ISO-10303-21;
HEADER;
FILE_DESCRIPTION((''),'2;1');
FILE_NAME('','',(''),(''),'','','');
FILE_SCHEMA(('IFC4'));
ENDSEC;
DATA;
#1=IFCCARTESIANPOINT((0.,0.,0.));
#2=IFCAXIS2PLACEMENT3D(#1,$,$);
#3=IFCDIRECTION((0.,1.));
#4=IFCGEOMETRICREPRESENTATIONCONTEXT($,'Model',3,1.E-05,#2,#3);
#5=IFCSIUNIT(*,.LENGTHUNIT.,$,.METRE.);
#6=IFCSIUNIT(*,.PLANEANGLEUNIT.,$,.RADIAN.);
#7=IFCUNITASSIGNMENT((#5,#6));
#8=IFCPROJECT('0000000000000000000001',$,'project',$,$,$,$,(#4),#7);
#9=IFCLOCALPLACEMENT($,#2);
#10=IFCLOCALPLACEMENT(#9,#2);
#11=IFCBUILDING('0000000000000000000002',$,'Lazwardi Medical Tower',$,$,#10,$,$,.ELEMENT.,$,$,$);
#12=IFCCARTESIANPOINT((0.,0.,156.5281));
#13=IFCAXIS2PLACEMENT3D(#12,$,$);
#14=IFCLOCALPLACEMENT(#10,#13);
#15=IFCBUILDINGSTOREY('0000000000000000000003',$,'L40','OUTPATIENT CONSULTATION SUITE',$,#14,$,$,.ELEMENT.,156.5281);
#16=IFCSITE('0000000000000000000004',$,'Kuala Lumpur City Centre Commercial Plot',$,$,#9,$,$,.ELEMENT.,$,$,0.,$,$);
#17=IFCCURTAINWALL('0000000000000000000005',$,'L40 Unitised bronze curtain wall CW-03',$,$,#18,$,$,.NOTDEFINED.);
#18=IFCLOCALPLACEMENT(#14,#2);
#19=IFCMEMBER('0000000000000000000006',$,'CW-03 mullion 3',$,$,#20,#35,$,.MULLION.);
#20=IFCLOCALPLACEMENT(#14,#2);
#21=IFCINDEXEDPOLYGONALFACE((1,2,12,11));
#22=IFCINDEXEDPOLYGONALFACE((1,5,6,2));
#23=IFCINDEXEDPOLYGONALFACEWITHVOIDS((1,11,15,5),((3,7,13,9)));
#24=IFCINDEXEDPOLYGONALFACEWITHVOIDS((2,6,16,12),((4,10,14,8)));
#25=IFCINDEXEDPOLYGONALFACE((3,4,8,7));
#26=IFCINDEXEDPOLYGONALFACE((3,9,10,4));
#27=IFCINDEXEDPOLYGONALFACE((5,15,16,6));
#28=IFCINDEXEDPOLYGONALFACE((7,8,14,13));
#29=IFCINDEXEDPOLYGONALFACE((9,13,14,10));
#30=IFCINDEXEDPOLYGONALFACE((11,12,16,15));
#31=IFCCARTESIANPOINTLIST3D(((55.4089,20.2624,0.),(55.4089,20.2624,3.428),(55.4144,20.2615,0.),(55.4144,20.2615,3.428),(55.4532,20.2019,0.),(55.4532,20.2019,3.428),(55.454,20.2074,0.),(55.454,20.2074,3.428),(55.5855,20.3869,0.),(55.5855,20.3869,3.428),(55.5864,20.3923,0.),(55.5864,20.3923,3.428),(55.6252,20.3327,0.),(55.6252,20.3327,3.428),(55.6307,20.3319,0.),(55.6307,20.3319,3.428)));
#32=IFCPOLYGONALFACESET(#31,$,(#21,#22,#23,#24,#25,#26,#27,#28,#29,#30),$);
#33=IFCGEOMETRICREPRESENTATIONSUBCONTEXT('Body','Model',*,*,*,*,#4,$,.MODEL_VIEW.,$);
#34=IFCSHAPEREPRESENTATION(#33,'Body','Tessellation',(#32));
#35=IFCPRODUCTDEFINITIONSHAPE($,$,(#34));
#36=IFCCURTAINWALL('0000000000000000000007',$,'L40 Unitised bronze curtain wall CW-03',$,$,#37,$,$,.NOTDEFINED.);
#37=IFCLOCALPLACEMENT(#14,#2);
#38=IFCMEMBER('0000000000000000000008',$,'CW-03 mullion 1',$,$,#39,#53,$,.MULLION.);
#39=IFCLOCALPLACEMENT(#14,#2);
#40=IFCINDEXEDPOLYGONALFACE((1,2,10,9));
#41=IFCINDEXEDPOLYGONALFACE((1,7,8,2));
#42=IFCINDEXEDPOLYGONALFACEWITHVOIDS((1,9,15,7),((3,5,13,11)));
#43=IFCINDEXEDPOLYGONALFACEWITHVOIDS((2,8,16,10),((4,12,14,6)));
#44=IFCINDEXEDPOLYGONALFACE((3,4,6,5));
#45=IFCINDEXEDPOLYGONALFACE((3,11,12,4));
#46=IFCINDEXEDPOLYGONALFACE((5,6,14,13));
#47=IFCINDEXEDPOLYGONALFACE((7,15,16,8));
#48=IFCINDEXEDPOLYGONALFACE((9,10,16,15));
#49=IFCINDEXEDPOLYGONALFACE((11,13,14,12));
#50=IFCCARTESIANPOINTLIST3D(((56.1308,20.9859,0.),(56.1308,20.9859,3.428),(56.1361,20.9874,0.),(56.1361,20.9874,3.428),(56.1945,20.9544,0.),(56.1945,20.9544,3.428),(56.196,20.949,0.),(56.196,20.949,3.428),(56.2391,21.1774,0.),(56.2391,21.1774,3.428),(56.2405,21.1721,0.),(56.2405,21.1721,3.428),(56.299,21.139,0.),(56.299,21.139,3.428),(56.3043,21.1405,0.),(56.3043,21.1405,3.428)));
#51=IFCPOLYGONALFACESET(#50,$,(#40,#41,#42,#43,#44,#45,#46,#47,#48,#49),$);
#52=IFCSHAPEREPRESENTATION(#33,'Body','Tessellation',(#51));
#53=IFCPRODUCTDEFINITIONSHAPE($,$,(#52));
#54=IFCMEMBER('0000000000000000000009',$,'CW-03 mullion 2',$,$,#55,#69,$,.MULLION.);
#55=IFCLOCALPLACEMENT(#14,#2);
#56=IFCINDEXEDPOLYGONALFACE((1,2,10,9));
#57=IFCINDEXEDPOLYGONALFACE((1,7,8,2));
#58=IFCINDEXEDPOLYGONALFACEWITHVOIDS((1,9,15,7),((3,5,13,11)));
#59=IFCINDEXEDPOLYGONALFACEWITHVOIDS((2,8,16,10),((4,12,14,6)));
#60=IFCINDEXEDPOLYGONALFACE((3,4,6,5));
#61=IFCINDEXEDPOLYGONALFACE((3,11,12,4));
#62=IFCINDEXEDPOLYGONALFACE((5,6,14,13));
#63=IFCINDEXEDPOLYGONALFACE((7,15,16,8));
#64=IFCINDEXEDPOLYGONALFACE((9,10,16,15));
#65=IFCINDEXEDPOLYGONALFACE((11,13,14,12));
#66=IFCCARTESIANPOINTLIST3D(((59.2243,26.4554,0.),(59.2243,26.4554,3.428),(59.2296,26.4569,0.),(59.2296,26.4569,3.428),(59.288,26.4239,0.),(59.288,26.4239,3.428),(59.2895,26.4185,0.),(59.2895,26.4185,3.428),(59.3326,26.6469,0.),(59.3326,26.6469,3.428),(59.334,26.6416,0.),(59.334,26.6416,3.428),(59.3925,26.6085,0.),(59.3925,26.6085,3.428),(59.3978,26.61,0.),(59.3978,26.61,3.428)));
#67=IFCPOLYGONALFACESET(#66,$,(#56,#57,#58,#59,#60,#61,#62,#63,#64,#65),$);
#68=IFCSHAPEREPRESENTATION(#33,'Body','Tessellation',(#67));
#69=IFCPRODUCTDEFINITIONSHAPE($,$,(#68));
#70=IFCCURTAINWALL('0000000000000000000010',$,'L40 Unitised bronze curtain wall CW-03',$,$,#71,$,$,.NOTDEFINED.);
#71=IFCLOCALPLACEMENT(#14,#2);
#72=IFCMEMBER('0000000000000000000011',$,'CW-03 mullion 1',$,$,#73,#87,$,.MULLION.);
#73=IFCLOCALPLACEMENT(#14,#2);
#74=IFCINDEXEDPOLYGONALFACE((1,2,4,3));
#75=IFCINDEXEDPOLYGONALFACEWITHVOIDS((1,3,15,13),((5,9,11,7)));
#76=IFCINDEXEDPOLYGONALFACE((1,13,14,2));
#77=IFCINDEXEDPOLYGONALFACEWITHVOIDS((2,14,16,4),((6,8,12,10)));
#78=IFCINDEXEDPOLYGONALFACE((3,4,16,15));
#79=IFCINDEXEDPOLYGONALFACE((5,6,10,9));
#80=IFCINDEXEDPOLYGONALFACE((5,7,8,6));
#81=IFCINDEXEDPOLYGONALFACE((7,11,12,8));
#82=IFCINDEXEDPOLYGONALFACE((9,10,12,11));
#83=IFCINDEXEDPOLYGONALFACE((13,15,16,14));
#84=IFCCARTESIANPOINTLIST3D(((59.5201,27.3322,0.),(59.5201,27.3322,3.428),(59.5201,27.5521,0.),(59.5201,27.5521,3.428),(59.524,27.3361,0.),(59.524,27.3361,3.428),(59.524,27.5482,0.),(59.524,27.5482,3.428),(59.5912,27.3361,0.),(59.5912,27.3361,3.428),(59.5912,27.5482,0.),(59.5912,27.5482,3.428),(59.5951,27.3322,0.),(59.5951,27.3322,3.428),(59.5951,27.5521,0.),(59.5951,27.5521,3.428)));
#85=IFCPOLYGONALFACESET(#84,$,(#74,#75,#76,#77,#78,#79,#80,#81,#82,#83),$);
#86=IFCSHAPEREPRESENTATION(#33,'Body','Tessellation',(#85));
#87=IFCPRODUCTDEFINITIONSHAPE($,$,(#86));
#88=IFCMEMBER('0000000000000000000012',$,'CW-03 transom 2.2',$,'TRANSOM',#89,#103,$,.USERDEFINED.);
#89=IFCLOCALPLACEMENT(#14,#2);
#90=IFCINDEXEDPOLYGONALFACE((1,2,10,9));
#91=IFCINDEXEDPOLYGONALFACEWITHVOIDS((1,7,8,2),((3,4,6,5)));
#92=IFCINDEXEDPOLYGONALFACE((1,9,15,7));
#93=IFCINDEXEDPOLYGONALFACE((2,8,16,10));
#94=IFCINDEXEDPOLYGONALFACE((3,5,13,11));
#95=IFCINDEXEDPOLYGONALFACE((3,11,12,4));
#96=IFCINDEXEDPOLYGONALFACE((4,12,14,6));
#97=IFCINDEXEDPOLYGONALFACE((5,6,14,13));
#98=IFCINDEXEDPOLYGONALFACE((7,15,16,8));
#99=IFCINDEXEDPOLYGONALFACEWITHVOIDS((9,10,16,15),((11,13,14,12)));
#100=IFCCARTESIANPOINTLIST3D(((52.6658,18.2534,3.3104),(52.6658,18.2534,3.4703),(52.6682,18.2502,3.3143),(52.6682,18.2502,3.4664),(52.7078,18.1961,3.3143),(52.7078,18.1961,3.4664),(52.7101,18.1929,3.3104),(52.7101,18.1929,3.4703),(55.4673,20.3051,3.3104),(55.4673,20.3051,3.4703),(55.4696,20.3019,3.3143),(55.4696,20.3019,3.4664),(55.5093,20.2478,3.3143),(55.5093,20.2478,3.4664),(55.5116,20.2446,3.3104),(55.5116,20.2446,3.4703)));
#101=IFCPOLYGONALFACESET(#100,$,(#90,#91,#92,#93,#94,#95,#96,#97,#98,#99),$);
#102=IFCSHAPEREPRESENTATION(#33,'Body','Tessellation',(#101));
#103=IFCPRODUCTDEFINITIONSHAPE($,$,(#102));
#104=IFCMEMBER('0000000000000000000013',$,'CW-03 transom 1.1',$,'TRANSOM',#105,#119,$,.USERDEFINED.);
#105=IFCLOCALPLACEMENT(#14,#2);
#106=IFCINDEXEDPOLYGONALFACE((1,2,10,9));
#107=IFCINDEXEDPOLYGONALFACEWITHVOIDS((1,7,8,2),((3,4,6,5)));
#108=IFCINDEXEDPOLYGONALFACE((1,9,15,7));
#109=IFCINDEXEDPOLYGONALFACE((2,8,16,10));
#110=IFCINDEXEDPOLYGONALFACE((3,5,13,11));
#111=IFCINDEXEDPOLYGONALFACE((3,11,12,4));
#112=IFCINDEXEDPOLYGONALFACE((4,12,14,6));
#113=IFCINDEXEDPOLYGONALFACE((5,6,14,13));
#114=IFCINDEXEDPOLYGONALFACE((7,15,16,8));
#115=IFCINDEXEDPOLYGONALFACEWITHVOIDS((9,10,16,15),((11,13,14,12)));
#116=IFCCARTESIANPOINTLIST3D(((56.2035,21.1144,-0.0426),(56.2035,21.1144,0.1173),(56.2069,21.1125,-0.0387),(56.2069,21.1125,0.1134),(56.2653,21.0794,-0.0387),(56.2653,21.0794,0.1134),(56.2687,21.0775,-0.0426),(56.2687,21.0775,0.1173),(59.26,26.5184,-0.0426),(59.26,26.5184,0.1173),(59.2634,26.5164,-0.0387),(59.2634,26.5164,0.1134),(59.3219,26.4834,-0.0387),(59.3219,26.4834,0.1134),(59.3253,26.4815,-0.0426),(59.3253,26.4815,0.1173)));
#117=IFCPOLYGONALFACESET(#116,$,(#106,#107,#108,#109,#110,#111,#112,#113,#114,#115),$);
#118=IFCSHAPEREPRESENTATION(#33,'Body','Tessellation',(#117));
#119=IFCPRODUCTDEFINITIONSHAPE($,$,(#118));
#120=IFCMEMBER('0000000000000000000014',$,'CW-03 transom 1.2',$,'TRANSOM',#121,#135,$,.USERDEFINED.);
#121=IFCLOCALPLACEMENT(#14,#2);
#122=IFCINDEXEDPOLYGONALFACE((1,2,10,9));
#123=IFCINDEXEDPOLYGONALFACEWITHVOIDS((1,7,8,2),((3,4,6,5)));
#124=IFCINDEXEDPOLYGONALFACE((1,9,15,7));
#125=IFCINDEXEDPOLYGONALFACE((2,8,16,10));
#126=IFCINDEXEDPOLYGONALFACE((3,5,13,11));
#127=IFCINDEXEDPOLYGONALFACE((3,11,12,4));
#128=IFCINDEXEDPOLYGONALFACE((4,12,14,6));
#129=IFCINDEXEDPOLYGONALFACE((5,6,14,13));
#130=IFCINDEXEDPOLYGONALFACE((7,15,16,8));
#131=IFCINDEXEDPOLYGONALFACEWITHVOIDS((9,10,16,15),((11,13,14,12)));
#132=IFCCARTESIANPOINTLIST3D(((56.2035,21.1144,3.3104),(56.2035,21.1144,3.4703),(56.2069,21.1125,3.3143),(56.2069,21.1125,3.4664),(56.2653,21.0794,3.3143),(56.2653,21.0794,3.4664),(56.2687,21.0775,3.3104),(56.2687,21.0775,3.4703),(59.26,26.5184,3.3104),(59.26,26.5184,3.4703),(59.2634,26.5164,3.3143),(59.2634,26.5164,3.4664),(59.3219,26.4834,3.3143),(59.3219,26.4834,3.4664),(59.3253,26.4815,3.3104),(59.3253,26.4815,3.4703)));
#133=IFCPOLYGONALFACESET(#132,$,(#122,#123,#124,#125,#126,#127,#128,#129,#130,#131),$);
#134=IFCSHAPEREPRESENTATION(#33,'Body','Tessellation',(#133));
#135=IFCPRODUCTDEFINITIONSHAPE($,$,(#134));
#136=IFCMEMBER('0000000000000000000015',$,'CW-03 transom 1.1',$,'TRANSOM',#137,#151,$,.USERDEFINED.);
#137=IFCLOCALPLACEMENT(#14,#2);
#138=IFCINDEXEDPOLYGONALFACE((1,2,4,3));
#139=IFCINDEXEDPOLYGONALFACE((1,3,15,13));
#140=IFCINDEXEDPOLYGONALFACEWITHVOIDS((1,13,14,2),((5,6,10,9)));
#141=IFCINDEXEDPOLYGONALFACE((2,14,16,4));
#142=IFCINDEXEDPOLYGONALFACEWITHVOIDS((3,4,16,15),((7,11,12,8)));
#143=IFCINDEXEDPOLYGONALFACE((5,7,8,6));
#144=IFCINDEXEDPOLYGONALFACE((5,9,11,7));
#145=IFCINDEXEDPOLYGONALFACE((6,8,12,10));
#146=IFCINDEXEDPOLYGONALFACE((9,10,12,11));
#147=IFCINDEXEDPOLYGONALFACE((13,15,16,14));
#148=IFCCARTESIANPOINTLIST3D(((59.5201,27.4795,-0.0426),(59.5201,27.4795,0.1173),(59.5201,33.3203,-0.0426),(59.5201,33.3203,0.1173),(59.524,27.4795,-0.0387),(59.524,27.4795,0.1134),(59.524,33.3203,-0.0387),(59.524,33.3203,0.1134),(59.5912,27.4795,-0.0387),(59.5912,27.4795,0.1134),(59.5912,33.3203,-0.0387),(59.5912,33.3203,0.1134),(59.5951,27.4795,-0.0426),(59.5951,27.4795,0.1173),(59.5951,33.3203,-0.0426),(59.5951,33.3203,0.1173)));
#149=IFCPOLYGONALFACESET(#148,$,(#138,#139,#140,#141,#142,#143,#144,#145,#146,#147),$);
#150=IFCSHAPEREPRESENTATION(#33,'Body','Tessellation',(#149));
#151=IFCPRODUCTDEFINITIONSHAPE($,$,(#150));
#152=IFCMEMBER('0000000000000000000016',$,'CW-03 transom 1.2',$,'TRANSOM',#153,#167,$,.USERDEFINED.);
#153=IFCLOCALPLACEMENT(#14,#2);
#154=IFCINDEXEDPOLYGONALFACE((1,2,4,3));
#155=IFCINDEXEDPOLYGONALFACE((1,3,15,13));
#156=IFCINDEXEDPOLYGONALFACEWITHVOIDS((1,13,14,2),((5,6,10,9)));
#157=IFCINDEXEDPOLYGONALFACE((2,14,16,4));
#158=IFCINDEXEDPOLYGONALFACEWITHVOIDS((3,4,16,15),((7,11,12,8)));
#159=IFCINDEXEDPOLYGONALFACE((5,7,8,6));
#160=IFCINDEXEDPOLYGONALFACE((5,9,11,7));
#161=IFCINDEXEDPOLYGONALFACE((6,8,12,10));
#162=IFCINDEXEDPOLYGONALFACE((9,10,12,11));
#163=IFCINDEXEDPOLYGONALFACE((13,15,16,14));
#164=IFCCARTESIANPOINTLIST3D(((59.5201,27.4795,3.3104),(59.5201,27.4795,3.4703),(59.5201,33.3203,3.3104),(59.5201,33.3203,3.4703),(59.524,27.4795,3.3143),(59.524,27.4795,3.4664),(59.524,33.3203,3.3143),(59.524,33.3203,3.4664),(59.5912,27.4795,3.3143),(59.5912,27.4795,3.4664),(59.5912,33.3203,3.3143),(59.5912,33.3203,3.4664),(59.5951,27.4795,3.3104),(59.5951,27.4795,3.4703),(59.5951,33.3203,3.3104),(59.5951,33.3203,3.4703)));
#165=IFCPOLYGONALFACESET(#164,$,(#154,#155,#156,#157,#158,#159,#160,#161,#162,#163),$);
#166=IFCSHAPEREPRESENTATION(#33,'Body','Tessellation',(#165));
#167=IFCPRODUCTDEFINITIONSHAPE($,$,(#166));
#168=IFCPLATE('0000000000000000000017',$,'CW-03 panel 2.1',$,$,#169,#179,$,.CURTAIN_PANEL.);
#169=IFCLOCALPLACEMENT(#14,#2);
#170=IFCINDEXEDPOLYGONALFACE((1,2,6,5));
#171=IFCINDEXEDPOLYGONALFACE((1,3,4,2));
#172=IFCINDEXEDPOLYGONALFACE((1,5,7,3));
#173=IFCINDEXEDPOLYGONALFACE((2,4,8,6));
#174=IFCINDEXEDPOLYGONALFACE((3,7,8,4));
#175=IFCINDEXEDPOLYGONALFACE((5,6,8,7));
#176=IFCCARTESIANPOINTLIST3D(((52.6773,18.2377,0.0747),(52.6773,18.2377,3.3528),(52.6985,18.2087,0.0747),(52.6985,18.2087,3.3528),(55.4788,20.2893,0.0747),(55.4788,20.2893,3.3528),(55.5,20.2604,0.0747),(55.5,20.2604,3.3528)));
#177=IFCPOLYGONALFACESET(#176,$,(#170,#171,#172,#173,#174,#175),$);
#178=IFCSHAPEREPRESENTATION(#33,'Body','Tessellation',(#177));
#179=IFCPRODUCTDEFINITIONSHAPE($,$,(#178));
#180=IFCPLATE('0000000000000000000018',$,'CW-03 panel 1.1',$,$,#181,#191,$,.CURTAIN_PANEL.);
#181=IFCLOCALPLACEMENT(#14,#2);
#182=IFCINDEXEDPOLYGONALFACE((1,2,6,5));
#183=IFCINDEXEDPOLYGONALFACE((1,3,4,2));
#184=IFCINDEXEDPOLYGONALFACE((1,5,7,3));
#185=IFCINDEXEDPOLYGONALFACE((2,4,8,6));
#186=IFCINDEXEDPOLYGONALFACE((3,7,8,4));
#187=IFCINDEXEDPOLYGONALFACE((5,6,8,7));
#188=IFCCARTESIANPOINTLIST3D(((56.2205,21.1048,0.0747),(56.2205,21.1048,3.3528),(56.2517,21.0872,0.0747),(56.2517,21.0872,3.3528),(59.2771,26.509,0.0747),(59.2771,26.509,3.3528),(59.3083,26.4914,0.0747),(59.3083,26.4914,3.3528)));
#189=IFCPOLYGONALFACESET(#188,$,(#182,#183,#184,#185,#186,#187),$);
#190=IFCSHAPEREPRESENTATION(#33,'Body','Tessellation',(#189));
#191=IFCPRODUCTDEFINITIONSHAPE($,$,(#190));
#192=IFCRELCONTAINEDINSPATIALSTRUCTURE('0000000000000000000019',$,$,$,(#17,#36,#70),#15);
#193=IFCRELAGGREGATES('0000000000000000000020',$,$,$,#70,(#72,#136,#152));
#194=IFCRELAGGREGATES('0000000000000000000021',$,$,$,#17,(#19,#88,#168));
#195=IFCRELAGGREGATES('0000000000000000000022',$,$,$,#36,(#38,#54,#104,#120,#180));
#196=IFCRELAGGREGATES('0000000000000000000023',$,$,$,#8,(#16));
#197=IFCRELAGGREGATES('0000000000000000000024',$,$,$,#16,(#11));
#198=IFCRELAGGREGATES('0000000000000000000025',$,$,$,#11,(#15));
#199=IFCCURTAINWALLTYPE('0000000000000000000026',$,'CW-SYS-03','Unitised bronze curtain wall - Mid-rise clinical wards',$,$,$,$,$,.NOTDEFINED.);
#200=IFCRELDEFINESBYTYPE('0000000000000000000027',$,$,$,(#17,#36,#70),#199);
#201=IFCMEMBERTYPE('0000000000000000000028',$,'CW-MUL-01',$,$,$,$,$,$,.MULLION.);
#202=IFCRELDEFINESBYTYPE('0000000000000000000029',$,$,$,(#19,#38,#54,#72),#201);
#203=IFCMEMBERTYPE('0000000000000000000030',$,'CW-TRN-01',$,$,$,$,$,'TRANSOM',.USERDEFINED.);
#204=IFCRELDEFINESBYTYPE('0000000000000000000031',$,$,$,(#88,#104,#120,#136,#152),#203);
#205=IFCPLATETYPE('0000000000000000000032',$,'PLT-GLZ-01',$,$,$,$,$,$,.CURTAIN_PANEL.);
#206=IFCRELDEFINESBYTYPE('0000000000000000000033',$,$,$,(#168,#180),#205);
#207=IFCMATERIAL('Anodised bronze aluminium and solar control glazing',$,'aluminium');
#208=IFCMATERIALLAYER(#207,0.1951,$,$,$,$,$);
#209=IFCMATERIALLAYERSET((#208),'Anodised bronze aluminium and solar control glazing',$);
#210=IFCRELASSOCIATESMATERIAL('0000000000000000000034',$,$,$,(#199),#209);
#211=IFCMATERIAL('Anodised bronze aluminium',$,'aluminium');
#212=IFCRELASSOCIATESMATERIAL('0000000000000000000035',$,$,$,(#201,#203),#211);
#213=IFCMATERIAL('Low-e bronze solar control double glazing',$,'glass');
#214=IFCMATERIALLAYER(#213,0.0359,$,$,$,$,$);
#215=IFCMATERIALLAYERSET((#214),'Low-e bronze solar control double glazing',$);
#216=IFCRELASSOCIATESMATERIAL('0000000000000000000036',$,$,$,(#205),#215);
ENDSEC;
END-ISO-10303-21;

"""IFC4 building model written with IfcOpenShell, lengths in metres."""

from ifc_helpers import new_model, si_unit, direction, frame, origin, origin_2d, place, context, subcontext, project, spatial, rectangle, hollow_rectangle, extrude, material, layer, layer_set, material_profile, profile_set, type_object, element, aggregate, save


model = new_model("IFC4")

# Units and contexts
model_context = context("Model", 3, precision=1e-05, world=origin(), true_north=direction((0.0, 1.0)))
body_context = subcontext(model_context, "Body", "Model", "MODEL_VIEW")
ifc_project = project(units=[si_unit("LENGTHUNIT", "METRE"), si_unit("PLANEANGLEUNIT", "RADIAN")], contexts=[model_context])

# Site, building, storey
site_placement = place(None, origin())
site = spatial("IfcSite", under=ifc_project, at=site_placement, Name="Kuala Lumpur City Centre Commercial Plot", CompositionType="ELEMENT", RefElevation=0.0)
building_placement = place(site_placement, origin())
building = spatial("IfcBuilding", under=site, at=building_placement, Name="Lazwardi Medical Tower", CompositionType="ELEMENT")
storey_placement = place(building_placement, frame((0.0, 0.0, 156.5281)))
storey = spatial("IfcBuildingStorey", under=building, at=storey_placement, Name="L40", Description="OUTPATIENT CONSULTATION SUITE", CompositionType="ELEMENT", Elevation=156.5281)

# Curtain wall, member
ifc_material_1 = material(Name="Anodised bronze aluminium and solar control glazing", Category="aluminium")
ifc_layer_1 = layer(ifc_material_1, 0.1951)
ifc_layer_set_1 = layer_set([ifc_layer_1], Name="Anodised bronze aluminium and solar control glazing")
curtain_wall_type = type_object("IfcCurtainWallType", Name="CW-SYS-03", Description="Unitised bronze curtain wall - Mid-rise clinical wards", PredefinedType="NOTDEFINED", material=ifc_layer_set_1)
curtain_wall_1_placement = place(storey_placement, origin())
curtain_wall_1 = element("IfcCurtainWall", 1, at=curtain_wall_1_placement, inside=storey, type_object=curtain_wall_type, Name="L40 Unitised bronze curtain wall CW-03", PredefinedType="NOTDEFINED")
ifc_material_2 = material(Name="Anodised bronze aluminium", Category="aluminium")
ifc_material_profile_1 = material_profile(ifc_material_2, hollow_rectangle(XDim=0.075, YDim=0.22, WallThickness=0.0039, at=origin_2d()), Name="ALU-MULLION 220x75x4")
ifc_profile_set_1 = profile_set([ifc_material_profile_1], Name="Anodised bronze aluminium")
member_type_1 = type_object("IfcMemberType", Name="CW-MUL-01", PredefinedType="MULLION", material=ifc_profile_set_1)
member_1_placement = place(storey_placement, frame((55.5198, 20.2971, 0.0), z_axis=(0.0, 0.0, 1.0), x_axis=(-0.590834, 0.806793, 0.0)))
member_1 = element("IfcMember", 2, at=member_1_placement, type_object=member_type_1, Name="CW-03 mullion 3", PredefinedType="MULLION", context=body_context, shape_type="SweptSolid", body=[
    extrude(hollow_rectangle(XDim=0.075, YDim=0.22, WallThickness=0.0039, at=origin_2d()), origin(), (0.0, 0.0, 1.0), 3.428),
])

# Curtain wall, members
curtain_wall_2_placement = place(storey_placement, origin())
curtain_wall_2 = element("IfcCurtainWall", 3, at=curtain_wall_2_placement, inside=storey, type_object=curtain_wall_type, Name="L40 Unitised bronze curtain wall CW-03", PredefinedType="NOTDEFINED")
member_2_placement = place(storey_placement, frame((56.2175, 21.0632, 0.0), z_axis=(0.0, 0.0, 1.0), x_axis=(-0.870419, 0.492312, 0.0)))
member_2 = element("IfcMember", 4, at=member_2_placement, type_object=member_type_1, Name="CW-03 mullion 1", PredefinedType="MULLION", context=body_context, shape_type="SweptSolid", body=[
    extrude(hollow_rectangle(XDim=0.075, YDim=0.22, WallThickness=0.0039, at=origin_2d()), origin(), (0.0, 0.0, 1.0), 3.428),
])
member_3_placement = place(storey_placement, frame((59.311, 26.5327, 0.0), z_axis=(0.0, 0.0, 1.0), x_axis=(-0.870419, 0.492312, 0.0)))
member_3 = element("IfcMember", 5, at=member_3_placement, type_object=member_type_1, Name="CW-03 mullion 2", PredefinedType="MULLION", context=body_context, shape_type="SweptSolid", body=[
    extrude(hollow_rectangle(XDim=0.075, YDim=0.22, WallThickness=0.0039, at=origin_2d()), origin(), (0.0, 0.0, 1.0), 3.428),
])

# Curtain wall, member
curtain_wall_3_placement = place(storey_placement, origin())
curtain_wall_3 = element("IfcCurtainWall", 6, at=curtain_wall_3_placement, inside=storey, type_object=curtain_wall_type, Name="L40 Unitised bronze curtain wall CW-03", PredefinedType="NOTDEFINED")
member_4_placement = place(storey_placement, frame((59.5576, 27.4421, 0.0), z_axis=(0.0, 0.0, 1.0), x_axis=(-1.0, 0.0, 0.0)))
member_4 = element("IfcMember", 7, at=member_4_placement, type_object=member_type_1, Name="CW-03 mullion 1", PredefinedType="MULLION", context=body_context, shape_type="SweptSolid", body=[
    extrude(hollow_rectangle(XDim=0.075, YDim=0.22, WallThickness=0.0039, at=origin_2d()), origin(), (0.0, 0.0, 1.0), 3.428),
])

# Members
ifc_material_profile_2 = material_profile(ifc_material_2, hollow_rectangle(XDim=0.075, YDim=0.1599, WallThickness=0.0039, at=origin_2d()), Name="ALU-TRANSOM 160x75x4")
ifc_profile_set_2 = profile_set([ifc_material_profile_2], Name="Anodised bronze aluminium")
member_type_2 = type_object("IfcMemberType", Name="CW-TRN-01", ElementType="TRANSOM", PredefinedType="USERDEFINED", material=ifc_profile_set_2)
member_5_placement = place(storey_placement, frame((52.688, 18.2231, 3.3904), z_axis=(0.806774, 0.590861, 0.0), x_axis=(-0.590861, 0.806774, 0.0)))
member_5 = element("IfcMember", 8, at=member_5_placement, type_object=member_type_2, Name="CW-03 transom 2.2", ObjectType="TRANSOM", PredefinedType="USERDEFINED", context=body_context, shape_type="SweptSolid", body=[
    extrude(hollow_rectangle(XDim=0.075, YDim=0.1599, WallThickness=0.0039, at=origin_2d()), origin(), (0.0, 0.0, 1.0), 3.4724),
])
member_6_placement = place(storey_placement, frame((56.2361, 21.0959, 0.0374), z_axis=(0.492323, 0.870413, 0.0), x_axis=(-0.870413, 0.492323, 0.0)))
member_6 = element("IfcMember", 9, at=member_6_placement, type_object=member_type_2, Name="CW-03 transom 1.1", ObjectType="TRANSOM", PredefinedType="USERDEFINED", context=body_context, shape_type="SweptSolid", body=[
    extrude(hollow_rectangle(XDim=0.075, YDim=0.1599, WallThickness=0.0039, at=origin_2d()), origin(), (0.0, 0.0, 1.0), 6.2085),
])
member_7_placement = place(storey_placement, frame((56.2361, 21.0959, 3.3904), z_axis=(0.492323, 0.870413, 0.0), x_axis=(-0.870413, 0.492323, 0.0)))
member_7 = element("IfcMember", 10, at=member_7_placement, type_object=member_type_2, Name="CW-03 transom 1.2", ObjectType="TRANSOM", PredefinedType="USERDEFINED", context=body_context, shape_type="SweptSolid", body=[
    extrude(hollow_rectangle(XDim=0.075, YDim=0.1599, WallThickness=0.0039, at=origin_2d()), origin(), (0.0, 0.0, 1.0), 6.2085),
])
member_8_placement = place(storey_placement, frame((59.5576, 27.4795, 0.0374), z_axis=(0.0, 1.0, 0.0), x_axis=(-1.0, 0.0, 0.0)))
member_8 = element("IfcMember", 11, at=member_8_placement, type_object=member_type_2, Name="CW-03 transom 1.1", ObjectType="TRANSOM", PredefinedType="USERDEFINED", context=body_context, shape_type="SweptSolid", body=[
    extrude(hollow_rectangle(XDim=0.075, YDim=0.1599, WallThickness=0.0039, at=origin_2d()), origin(), (0.0, 0.0, 1.0), 5.8408),
])
member_9_placement = place(storey_placement, frame((59.5576, 27.4795, 3.3904), z_axis=(0.0, 1.0, 0.0), x_axis=(-1.0, 0.0, 0.0)))
member_9 = element("IfcMember", 12, at=member_9_placement, type_object=member_type_2, Name="CW-03 transom 1.2", ObjectType="TRANSOM", PredefinedType="USERDEFINED", context=body_context, shape_type="SweptSolid", body=[
    extrude(hollow_rectangle(XDim=0.075, YDim=0.1599, WallThickness=0.0039, at=origin_2d()), origin(), (0.0, 0.0, 1.0), 5.8408),
])
aggregate(curtain_wall_3, [member_4, member_8, member_9])

# Plates
ifc_material_3 = material(Name="Low-e bronze solar control double glazing", Category="glass")
ifc_layer_2 = layer(ifc_material_3, 0.0359)
ifc_layer_set_2 = layer_set([ifc_layer_2], Name="Low-e bronze solar control double glazing")
plate_type = type_object("IfcPlateType", Name="PLT-GLZ-01", PredefinedType="CURTAIN_PANEL", material=ifc_layer_set_2)
plate_1_placement = place(storey_placement, frame((54.0886, 19.249, 0.0747), z_axis=(0.0, 0.0, 1.0), x_axis=(0.806793, 0.590834, 0.0)))
plate_1 = element("IfcPlate", 13, at=plate_1_placement, type_object=plate_type, Name="CW-03 panel 2.1", PredefinedType="CURTAIN_PANEL", context=body_context, shape_type="SweptSolid", body=[
    extrude(rectangle(XDim=3.4724, YDim=0.0359, at=origin_2d()), origin(), (0.0, 0.0, 1.0), 3.2781),
])
aggregate(curtain_wall_1, [member_1, member_5, plate_1])
plate_2_placement = place(storey_placement, frame((57.7644, 23.7981, 0.0747), z_axis=(0.0, 0.0, 1.0), x_axis=(0.492312, 0.870419, 0.0)))
plate_2 = element("IfcPlate", 14, at=plate_2_placement, type_object=plate_type, Name="CW-03 panel 1.1", PredefinedType="CURTAIN_PANEL", context=body_context, shape_type="SweptSolid", body=[
    extrude(rectangle(XDim=6.2087, YDim=0.0359, at=origin_2d()), origin(), (0.0, 0.0, 1.0), 3.2781),
])
aggregate(curtain_wall_2, [member_2, member_3, member_6, member_7, plate_2])

save(model, "model.ifc")
